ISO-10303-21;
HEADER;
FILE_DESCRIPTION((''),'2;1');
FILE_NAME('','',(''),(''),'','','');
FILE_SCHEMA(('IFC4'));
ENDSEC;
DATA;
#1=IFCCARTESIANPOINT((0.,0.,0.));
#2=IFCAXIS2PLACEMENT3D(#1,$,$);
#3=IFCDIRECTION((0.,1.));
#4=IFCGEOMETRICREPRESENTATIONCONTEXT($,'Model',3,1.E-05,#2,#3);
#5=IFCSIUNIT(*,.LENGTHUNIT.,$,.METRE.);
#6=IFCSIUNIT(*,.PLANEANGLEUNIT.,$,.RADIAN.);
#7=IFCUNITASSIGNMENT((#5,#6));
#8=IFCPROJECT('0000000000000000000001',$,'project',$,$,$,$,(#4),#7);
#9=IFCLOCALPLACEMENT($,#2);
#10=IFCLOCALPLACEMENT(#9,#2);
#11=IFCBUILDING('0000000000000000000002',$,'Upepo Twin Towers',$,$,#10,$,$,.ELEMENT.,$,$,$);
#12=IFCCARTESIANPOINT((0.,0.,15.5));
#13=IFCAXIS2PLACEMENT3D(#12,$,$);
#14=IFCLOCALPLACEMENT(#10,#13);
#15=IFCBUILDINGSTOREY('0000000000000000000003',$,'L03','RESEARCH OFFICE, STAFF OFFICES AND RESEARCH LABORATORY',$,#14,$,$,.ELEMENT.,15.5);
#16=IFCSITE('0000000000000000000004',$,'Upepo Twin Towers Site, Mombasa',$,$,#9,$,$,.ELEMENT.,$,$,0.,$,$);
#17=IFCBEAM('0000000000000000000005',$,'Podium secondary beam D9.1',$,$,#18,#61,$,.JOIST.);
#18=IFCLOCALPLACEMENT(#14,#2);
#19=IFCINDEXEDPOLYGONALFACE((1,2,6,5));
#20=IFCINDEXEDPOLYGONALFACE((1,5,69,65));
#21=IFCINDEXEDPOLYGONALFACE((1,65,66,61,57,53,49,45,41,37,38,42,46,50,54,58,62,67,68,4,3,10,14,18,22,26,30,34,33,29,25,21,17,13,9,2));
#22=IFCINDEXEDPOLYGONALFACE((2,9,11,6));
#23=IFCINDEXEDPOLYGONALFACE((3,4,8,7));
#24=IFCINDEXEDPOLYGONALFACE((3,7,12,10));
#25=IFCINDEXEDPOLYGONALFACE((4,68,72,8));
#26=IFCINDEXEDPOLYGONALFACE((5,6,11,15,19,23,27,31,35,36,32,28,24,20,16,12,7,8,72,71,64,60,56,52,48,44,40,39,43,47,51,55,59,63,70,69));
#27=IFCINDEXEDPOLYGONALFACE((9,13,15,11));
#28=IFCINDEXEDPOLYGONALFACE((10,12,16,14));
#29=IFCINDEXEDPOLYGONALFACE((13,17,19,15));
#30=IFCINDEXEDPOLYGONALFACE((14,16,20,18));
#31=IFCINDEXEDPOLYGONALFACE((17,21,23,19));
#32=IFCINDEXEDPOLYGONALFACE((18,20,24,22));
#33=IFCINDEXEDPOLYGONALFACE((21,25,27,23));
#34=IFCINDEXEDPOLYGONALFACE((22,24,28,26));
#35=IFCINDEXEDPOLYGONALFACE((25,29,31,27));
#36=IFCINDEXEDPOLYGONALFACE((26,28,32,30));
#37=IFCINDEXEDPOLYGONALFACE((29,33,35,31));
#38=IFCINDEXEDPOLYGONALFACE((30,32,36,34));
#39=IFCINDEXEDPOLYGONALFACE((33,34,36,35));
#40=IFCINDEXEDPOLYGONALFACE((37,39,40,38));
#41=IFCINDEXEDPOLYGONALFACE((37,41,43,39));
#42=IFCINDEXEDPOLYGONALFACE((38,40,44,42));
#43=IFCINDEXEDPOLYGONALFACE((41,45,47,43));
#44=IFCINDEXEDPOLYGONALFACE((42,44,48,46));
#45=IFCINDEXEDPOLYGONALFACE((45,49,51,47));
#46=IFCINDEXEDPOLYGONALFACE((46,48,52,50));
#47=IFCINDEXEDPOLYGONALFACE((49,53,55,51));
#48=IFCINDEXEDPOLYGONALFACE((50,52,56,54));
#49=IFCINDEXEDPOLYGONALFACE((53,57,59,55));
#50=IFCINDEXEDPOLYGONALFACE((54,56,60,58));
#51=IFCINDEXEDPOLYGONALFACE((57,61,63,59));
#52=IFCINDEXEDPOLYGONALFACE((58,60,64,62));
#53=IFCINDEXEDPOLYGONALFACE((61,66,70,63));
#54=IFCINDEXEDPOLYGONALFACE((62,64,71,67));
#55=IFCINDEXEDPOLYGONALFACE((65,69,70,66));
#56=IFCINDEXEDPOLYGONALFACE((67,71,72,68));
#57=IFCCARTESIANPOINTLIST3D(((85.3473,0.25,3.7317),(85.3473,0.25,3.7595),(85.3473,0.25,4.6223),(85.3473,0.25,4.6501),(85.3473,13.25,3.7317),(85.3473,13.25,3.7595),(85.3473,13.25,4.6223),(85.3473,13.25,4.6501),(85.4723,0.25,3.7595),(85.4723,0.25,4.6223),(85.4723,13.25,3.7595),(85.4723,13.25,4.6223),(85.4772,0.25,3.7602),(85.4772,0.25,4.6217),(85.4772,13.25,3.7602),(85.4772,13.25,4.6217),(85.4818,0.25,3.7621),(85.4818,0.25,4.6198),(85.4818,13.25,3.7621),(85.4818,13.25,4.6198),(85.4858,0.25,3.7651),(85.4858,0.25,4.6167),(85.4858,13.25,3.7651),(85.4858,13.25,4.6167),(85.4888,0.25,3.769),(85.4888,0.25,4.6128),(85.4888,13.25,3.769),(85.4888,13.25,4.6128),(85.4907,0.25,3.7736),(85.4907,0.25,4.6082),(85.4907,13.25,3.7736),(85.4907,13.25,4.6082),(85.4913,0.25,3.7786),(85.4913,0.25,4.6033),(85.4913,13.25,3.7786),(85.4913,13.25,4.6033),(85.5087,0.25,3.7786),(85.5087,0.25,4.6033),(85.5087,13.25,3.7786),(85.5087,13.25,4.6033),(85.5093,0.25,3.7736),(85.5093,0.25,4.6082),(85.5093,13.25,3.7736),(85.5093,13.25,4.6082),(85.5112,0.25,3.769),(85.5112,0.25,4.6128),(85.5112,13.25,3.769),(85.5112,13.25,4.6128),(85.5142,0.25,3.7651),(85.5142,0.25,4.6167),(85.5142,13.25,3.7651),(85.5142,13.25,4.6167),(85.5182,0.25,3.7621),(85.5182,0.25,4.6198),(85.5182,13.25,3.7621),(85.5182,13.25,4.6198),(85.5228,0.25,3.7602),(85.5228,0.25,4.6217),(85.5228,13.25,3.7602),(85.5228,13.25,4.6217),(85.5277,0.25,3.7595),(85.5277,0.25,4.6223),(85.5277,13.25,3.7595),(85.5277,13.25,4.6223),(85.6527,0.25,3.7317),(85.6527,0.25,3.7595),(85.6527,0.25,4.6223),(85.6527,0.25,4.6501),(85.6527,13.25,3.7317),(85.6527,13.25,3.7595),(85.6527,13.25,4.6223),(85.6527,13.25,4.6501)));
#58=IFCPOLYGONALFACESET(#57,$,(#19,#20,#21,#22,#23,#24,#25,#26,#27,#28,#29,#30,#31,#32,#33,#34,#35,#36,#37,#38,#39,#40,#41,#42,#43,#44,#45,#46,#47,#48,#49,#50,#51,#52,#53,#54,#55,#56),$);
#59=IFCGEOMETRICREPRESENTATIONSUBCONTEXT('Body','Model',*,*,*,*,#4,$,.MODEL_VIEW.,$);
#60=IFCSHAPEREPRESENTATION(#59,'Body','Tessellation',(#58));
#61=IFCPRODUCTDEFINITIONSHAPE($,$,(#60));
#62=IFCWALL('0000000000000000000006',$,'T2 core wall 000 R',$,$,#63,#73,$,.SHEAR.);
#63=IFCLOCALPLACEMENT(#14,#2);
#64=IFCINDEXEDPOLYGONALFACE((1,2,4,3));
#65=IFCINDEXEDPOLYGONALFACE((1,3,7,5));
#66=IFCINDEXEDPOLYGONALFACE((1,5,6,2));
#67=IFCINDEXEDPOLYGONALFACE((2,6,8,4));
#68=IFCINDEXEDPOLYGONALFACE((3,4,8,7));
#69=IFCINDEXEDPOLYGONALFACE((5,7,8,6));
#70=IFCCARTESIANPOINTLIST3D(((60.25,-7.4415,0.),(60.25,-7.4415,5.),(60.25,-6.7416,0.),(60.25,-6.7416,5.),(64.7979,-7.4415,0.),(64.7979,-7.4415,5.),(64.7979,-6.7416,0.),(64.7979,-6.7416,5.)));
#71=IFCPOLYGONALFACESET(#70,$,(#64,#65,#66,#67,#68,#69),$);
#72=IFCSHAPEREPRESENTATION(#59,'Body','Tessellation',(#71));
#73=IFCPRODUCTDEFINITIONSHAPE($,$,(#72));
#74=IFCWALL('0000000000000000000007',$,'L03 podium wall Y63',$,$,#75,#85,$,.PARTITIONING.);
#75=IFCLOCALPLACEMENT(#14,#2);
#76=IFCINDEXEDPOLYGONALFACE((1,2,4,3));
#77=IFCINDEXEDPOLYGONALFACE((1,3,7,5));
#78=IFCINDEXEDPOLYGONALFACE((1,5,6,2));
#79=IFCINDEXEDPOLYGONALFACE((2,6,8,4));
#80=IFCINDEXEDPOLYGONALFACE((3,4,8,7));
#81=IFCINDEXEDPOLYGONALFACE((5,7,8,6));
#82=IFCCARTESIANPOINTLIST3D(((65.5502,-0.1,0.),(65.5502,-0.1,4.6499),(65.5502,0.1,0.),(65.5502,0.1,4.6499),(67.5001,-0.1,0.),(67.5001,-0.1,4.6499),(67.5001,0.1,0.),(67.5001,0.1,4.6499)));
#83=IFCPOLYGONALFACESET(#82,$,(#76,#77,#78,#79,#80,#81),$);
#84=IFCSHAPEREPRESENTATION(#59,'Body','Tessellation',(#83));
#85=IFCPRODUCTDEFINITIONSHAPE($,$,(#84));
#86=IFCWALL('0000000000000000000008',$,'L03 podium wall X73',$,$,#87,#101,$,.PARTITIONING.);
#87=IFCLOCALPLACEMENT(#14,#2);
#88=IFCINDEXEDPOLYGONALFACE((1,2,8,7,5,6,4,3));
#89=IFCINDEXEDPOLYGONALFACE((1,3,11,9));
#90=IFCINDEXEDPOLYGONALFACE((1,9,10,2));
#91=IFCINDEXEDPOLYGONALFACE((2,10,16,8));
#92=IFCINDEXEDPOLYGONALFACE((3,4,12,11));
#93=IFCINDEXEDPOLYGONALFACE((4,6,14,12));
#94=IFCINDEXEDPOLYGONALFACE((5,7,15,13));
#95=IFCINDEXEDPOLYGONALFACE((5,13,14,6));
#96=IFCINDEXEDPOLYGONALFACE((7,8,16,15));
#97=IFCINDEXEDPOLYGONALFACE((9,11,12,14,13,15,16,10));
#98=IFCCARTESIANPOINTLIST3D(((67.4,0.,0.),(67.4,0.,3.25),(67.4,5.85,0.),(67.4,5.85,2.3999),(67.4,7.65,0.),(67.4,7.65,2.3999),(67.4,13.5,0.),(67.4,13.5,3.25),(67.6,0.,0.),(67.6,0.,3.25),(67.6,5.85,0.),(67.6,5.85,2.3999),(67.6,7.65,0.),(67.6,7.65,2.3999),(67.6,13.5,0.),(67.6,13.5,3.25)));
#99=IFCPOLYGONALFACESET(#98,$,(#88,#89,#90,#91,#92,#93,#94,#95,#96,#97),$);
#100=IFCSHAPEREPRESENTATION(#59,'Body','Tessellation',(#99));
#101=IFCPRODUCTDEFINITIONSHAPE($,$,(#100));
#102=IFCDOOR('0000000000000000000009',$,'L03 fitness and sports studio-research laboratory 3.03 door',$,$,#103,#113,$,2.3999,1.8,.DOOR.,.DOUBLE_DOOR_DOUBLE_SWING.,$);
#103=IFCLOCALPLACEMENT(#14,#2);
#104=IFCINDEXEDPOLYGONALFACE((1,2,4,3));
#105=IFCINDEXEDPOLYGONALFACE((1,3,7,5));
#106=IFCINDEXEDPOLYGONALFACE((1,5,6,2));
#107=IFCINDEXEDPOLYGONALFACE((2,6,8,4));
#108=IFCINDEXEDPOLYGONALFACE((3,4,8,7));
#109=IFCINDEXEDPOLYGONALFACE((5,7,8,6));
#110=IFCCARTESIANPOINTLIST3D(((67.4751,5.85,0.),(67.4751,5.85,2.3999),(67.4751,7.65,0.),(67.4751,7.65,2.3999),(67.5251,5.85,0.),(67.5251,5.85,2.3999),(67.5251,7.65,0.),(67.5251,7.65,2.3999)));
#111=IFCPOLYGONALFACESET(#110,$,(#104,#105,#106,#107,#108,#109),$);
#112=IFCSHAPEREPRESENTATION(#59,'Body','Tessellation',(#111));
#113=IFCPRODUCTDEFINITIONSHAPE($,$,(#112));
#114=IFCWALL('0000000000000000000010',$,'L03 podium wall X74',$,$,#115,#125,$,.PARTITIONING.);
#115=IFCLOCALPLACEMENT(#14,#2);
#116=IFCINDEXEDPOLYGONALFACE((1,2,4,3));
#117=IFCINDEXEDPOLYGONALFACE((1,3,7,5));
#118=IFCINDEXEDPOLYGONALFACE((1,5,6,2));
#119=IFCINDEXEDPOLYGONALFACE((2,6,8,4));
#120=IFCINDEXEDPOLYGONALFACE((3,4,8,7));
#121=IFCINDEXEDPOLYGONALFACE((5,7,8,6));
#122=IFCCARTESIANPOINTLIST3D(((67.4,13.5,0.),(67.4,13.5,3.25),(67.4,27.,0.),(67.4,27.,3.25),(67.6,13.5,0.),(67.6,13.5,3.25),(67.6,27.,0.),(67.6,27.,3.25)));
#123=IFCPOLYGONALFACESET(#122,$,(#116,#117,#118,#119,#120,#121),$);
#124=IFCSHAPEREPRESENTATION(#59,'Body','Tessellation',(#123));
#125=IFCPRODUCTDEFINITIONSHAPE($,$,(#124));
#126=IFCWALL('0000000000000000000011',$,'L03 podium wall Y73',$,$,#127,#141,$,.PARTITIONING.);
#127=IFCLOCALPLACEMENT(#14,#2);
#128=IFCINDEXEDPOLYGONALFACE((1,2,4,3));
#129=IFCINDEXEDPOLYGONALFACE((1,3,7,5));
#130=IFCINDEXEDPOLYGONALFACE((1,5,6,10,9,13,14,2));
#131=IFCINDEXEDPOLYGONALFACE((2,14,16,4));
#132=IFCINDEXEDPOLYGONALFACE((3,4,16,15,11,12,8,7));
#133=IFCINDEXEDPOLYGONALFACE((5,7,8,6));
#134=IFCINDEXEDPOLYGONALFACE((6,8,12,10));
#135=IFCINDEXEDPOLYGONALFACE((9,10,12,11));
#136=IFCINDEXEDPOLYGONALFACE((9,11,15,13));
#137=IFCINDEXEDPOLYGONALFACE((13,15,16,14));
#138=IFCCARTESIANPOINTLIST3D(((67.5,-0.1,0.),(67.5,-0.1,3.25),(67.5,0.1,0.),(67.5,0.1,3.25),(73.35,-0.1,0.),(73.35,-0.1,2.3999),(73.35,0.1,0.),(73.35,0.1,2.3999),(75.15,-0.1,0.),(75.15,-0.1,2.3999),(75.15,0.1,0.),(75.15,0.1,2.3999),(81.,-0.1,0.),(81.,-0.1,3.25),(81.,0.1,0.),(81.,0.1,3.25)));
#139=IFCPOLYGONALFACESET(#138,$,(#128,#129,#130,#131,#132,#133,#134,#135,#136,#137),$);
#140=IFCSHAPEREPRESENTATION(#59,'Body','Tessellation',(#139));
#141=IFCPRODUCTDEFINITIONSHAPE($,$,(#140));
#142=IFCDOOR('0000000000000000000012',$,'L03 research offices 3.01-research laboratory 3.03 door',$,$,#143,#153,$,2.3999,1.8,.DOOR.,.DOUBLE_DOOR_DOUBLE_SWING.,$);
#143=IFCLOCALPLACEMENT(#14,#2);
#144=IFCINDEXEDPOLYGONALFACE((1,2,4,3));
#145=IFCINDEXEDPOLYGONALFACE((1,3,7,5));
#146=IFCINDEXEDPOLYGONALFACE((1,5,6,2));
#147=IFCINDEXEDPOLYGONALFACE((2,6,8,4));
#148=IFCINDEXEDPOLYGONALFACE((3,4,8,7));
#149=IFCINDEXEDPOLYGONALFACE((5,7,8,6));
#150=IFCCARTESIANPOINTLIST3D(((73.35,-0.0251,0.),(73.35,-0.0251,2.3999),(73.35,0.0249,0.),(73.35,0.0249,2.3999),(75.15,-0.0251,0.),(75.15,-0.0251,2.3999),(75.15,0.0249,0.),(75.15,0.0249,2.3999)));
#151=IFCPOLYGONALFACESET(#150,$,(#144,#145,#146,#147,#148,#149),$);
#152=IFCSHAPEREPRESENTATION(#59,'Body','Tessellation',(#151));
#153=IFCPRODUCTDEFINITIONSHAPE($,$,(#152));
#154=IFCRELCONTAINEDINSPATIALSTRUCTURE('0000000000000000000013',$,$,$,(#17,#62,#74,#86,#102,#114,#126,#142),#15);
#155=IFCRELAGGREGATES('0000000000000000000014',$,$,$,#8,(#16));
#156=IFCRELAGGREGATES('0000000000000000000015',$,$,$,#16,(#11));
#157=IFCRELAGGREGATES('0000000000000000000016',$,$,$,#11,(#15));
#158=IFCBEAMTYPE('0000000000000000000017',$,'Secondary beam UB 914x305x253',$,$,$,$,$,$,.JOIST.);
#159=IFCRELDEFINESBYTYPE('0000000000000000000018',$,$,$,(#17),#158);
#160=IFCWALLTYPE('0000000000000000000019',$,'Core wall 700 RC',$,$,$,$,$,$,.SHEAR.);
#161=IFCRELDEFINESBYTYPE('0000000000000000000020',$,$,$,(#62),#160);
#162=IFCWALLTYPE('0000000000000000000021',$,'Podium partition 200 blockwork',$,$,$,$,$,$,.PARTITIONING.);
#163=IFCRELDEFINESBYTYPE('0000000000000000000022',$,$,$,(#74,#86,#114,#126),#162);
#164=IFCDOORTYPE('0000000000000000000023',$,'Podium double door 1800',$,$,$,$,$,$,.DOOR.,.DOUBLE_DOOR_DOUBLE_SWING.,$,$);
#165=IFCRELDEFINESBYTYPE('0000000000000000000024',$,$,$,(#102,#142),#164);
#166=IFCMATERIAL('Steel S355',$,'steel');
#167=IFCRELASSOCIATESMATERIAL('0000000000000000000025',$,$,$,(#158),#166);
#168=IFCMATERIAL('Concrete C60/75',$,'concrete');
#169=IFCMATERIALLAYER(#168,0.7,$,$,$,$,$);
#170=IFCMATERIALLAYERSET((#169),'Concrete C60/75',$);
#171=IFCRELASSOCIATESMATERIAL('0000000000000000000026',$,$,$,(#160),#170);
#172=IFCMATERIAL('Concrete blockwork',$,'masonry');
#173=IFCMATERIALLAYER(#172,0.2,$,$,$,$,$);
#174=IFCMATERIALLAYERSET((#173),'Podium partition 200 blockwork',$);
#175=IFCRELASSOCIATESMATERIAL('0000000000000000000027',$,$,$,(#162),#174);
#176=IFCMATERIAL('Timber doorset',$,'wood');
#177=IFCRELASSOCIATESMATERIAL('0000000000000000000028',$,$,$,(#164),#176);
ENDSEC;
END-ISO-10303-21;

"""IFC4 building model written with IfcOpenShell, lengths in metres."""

from ifc_helpers import new_model, si_unit, direction, frame, frame_2d, origin, origin_2d, place, context, subcontext, project, spatial, rectangle, i_section, extrude, material, layer, layer_set, material_profile, profile_set, type_object, element, fill, save


model = new_model("IFC4")

# Units and contexts
model_context = context("Model", 3, precision=1e-05, world=origin(), true_north=direction((0.0, 1.0)))
body_context = subcontext(model_context, "Body", "Model", "MODEL_VIEW")
ifc_project = project(units=[si_unit("LENGTHUNIT", "METRE"), si_unit("PLANEANGLEUNIT", "RADIAN")], contexts=[model_context])

# Site, building, storey
site_placement = place(None, origin())
site = spatial("IfcSite", under=ifc_project, at=site_placement, Name="Upepo Twin Towers Site, Mombasa", CompositionType="ELEMENT", RefElevation=0.0)
building_placement = place(site_placement, origin())
building = spatial("IfcBuilding", under=site, at=building_placement, Name="Upepo Twin Towers", CompositionType="ELEMENT")
storey_placement = place(building_placement, frame((0.0, 0.0, 15.5)))
storey = spatial("IfcBuildingStorey", under=building, at=storey_placement, Name="L03", Description="RESEARCH OFFICE, STAFF OFFICES AND RESEARCH LABORATORY", CompositionType="ELEMENT", Elevation=15.5)

# Beam
ifc_material_1 = material(Name="Steel S355", Category="steel")
ifc_material_profile_1 = material_profile(ifc_material_1, i_section(OverallWidth=0.3054, OverallDepth=0.9185, WebThickness=0.0173, FlangeThickness=0.0278, FilletRadius=0.019, at=origin_2d()), Name="UB 914x305x253")
ifc_profile_set_1 = profile_set([ifc_material_profile_1], Name="Steel S355")
beam_type_1 = type_object("IfcBeamType", Name="Secondary beam UB 914x305x253", PredefinedType="JOIST", material=ifc_profile_set_1)
for number, where, z_axis, x_axis, name in (
    (1, (85.5, 0.25, 4.1909), (0.0, 1.0, 0.0), (-1.0, 0.0, 0.0), "Podium secondary beam D9.1"),
):
    element("IfcBeam", number, at=place(storey_placement, frame(where, z_axis=z_axis, x_axis=x_axis)), inside=storey, type_object=beam_type_1, Name=name, PredefinedType="JOIST", context=body_context, shape_type="SweptSolid", body=[
        extrude(i_section(OverallWidth=0.3054, OverallDepth=0.9185, WebThickness=0.0173, FlangeThickness=0.0278, FilletRadius=0.019, at=origin_2d()), origin(), (0.0, 0.0, 1.0), 13.0),
    ])

# Walls
ifc_material_2 = material(Name="Concrete C60/75", Category="concrete")
ifc_layer_1 = layer(ifc_material_2, 0.7)
ifc_layer_set_1 = layer_set([ifc_layer_1], Name="Concrete C60/75")
wall_type_1 = type_object("IfcWallType", Name="Core wall 700 RC", PredefinedType="SHEAR", material=ifc_layer_set_1)
wall_1_placement = place(storey_placement, frame((64.7979, -7.0916, 0.0), z_axis=(0.0, 0.0, 1.0), x_axis=(-1.0, 0.0, 0.0)))
element("IfcWall", 2, at=wall_1_placement, inside=storey, type_object=wall_type_1, Name="T2 core wall 000 R", PredefinedType="SHEAR", context=body_context, shape_type="SweptSolid", body=[
    extrude(rectangle(XDim=4.5479, YDim=0.7, at=frame_2d((2.2739, 0.0))), origin(), (0.0, 0.0, 1.0), 5.0),
])
ifc_material_3 = material(Name="Concrete blockwork", Category="masonry")
ifc_layer_2 = layer(ifc_material_3, 0.2)
ifc_layer_set_2 = layer_set([ifc_layer_2], Name="Podium partition 200 blockwork")
wall_type_2 = type_object("IfcWallType", Name="Podium partition 200 blockwork", PredefinedType="PARTITIONING", material=ifc_layer_set_2)
wall_2_placement = place(storey_placement, frame((65.55, 0.0, 0.0), z_axis=(0.0, 0.0, 1.0), x_axis=(1.0, 0.0, 0.0)))
element("IfcWall", 3, at=wall_2_placement, inside=storey, type_object=wall_type_2, Name="L03 podium wall Y63", PredefinedType="PARTITIONING", context=body_context, shape_type="SweptSolid", body=[
    extrude(rectangle(XDim=1.95, YDim=0.2, at=frame_2d((0.9751, 0.0))), origin(), (0.0, 0.0, 1.0), 4.6499),
])

# Wall, opening, door
wall_3_placement = place(storey_placement, frame((67.5, 0.0, 0.0), z_axis=(0.0, 0.0, 1.0), x_axis=(0.0, 1.0, 0.0)))
wall_3 = element("IfcWall", 4, at=wall_3_placement, inside=storey, type_object=wall_type_2, Name="L03 podium wall X73", PredefinedType="PARTITIONING", context=body_context, shape_type="SweptSolid", body=[
    extrude(rectangle(XDim=13.5, YDim=0.2, at=frame_2d((6.75, 0.0))), origin(), (0.0, 0.0, 1.0), 3.25),
])
opening_1_placement = place(wall_3_placement, frame((5.8501, 0.0, 0.0)))
opening_1 = element("IfcOpeningElement", 5, at=opening_1_placement, cuts=wall_3, PredefinedType="OPENING", context=body_context, shape_type="SweptSolid", body=[
    extrude(rectangle(XDim=1.8, YDim=2.3999, at=frame_2d((0.8999, 1.2))), frame((0.0, 0.1099, 0.0), z_axis=(0.0, -1.0, 0.0), x_axis=(1.0, 0.0, 0.0)), (0.0, 0.0, 1.0), 0.22),
])
ifc_material_4 = material(Name="Timber doorset", Category="wood")
door_type = type_object("IfcDoorType", Name="Podium double door 1800", OperationType="DOUBLE_DOOR_DOUBLE_SWING", PredefinedType="DOOR", material=ifc_material_4)
door_1_placement = place(opening_1_placement, origin())
door_1 = element("IfcDoor", 6, at=door_1_placement, inside=storey, type_object=door_type, Name="L03 fitness and sports studio-research laboratory 3.03 door", OperationType="DOUBLE_DOOR_DOUBLE_SWING", OverallHeight=2.3999, OverallWidth=1.8, PredefinedType="DOOR", context=body_context, shape_type="SweptSolid", body=[
    extrude(rectangle(XDim=1.8, YDim=2.3999, at=frame_2d((0.8999, 1.2))), frame((0.0, 0.0249, 0.0), z_axis=(0.0, -1.0, 0.0), x_axis=(1.0, 0.0, 0.0)), (0.0, 0.0, 1.0), 0.05),
])
fill(opening_1, door_1)

# Wall
wall_4_placement = place(storey_placement, frame((67.5, 13.5, 0.0), z_axis=(0.0, 0.0, 1.0), x_axis=(0.0, 1.0, 0.0)))
element("IfcWall", 7, at=wall_4_placement, inside=storey, type_object=wall_type_2, Name="L03 podium wall X74", PredefinedType="PARTITIONING", context=body_context, shape_type="SweptSolid", body=[
    extrude(rectangle(XDim=13.5, YDim=0.2, at=frame_2d((6.75, 0.0))), origin(), (0.0, 0.0, 1.0), 3.25),
])

# Wall, opening, door
wall_5_placement = place(storey_placement, frame((67.5, 0.0, 0.0), z_axis=(0.0, 0.0, 1.0), x_axis=(1.0, 0.0, 0.0)))
wall_5 = element("IfcWall", 8, at=wall_5_placement, inside=storey, type_object=wall_type_2, Name="L03 podium wall Y73", PredefinedType="PARTITIONING", context=body_context, shape_type="SweptSolid", body=[
    extrude(rectangle(XDim=13.5, YDim=0.2, at=frame_2d((6.75, 0.0))), origin(), (0.0, 0.0, 1.0), 3.25),
])
opening_2_placement = place(wall_5_placement, frame((5.8501, 0.0, 0.0)))
opening_2 = element("IfcOpeningElement", 9, at=opening_2_placement, cuts=wall_5, PredefinedType="OPENING", context=body_context, shape_type="SweptSolid", body=[
    extrude(rectangle(XDim=1.8, YDim=2.3999, at=frame_2d((0.8999, 1.2))), frame((0.0, 0.1099, 0.0), z_axis=(0.0, -1.0, 0.0), x_axis=(1.0, 0.0, 0.0)), (0.0, 0.0, 1.0), 0.22),
])
door_2_placement = place(opening_2_placement, origin())
door_2 = element("IfcDoor", 10, at=door_2_placement, inside=storey, type_object=door_type, Name="L03 research offices 3.01-research laboratory 3.03 door", OperationType="DOUBLE_DOOR_DOUBLE_SWING", OverallHeight=2.3999, OverallWidth=1.8, PredefinedType="DOOR", context=body_context, shape_type="SweptSolid", body=[
    extrude(rectangle(XDim=1.8, YDim=2.3999, at=frame_2d((0.8999, 1.2))), frame((0.0, 0.0249, 0.0), z_axis=(0.0, -1.0, 0.0), x_axis=(1.0, 0.0, 0.0)), (0.0, 0.0, 1.0), 0.05),
])
fill(opening_2, door_2)

save(model, "model.ifc")
